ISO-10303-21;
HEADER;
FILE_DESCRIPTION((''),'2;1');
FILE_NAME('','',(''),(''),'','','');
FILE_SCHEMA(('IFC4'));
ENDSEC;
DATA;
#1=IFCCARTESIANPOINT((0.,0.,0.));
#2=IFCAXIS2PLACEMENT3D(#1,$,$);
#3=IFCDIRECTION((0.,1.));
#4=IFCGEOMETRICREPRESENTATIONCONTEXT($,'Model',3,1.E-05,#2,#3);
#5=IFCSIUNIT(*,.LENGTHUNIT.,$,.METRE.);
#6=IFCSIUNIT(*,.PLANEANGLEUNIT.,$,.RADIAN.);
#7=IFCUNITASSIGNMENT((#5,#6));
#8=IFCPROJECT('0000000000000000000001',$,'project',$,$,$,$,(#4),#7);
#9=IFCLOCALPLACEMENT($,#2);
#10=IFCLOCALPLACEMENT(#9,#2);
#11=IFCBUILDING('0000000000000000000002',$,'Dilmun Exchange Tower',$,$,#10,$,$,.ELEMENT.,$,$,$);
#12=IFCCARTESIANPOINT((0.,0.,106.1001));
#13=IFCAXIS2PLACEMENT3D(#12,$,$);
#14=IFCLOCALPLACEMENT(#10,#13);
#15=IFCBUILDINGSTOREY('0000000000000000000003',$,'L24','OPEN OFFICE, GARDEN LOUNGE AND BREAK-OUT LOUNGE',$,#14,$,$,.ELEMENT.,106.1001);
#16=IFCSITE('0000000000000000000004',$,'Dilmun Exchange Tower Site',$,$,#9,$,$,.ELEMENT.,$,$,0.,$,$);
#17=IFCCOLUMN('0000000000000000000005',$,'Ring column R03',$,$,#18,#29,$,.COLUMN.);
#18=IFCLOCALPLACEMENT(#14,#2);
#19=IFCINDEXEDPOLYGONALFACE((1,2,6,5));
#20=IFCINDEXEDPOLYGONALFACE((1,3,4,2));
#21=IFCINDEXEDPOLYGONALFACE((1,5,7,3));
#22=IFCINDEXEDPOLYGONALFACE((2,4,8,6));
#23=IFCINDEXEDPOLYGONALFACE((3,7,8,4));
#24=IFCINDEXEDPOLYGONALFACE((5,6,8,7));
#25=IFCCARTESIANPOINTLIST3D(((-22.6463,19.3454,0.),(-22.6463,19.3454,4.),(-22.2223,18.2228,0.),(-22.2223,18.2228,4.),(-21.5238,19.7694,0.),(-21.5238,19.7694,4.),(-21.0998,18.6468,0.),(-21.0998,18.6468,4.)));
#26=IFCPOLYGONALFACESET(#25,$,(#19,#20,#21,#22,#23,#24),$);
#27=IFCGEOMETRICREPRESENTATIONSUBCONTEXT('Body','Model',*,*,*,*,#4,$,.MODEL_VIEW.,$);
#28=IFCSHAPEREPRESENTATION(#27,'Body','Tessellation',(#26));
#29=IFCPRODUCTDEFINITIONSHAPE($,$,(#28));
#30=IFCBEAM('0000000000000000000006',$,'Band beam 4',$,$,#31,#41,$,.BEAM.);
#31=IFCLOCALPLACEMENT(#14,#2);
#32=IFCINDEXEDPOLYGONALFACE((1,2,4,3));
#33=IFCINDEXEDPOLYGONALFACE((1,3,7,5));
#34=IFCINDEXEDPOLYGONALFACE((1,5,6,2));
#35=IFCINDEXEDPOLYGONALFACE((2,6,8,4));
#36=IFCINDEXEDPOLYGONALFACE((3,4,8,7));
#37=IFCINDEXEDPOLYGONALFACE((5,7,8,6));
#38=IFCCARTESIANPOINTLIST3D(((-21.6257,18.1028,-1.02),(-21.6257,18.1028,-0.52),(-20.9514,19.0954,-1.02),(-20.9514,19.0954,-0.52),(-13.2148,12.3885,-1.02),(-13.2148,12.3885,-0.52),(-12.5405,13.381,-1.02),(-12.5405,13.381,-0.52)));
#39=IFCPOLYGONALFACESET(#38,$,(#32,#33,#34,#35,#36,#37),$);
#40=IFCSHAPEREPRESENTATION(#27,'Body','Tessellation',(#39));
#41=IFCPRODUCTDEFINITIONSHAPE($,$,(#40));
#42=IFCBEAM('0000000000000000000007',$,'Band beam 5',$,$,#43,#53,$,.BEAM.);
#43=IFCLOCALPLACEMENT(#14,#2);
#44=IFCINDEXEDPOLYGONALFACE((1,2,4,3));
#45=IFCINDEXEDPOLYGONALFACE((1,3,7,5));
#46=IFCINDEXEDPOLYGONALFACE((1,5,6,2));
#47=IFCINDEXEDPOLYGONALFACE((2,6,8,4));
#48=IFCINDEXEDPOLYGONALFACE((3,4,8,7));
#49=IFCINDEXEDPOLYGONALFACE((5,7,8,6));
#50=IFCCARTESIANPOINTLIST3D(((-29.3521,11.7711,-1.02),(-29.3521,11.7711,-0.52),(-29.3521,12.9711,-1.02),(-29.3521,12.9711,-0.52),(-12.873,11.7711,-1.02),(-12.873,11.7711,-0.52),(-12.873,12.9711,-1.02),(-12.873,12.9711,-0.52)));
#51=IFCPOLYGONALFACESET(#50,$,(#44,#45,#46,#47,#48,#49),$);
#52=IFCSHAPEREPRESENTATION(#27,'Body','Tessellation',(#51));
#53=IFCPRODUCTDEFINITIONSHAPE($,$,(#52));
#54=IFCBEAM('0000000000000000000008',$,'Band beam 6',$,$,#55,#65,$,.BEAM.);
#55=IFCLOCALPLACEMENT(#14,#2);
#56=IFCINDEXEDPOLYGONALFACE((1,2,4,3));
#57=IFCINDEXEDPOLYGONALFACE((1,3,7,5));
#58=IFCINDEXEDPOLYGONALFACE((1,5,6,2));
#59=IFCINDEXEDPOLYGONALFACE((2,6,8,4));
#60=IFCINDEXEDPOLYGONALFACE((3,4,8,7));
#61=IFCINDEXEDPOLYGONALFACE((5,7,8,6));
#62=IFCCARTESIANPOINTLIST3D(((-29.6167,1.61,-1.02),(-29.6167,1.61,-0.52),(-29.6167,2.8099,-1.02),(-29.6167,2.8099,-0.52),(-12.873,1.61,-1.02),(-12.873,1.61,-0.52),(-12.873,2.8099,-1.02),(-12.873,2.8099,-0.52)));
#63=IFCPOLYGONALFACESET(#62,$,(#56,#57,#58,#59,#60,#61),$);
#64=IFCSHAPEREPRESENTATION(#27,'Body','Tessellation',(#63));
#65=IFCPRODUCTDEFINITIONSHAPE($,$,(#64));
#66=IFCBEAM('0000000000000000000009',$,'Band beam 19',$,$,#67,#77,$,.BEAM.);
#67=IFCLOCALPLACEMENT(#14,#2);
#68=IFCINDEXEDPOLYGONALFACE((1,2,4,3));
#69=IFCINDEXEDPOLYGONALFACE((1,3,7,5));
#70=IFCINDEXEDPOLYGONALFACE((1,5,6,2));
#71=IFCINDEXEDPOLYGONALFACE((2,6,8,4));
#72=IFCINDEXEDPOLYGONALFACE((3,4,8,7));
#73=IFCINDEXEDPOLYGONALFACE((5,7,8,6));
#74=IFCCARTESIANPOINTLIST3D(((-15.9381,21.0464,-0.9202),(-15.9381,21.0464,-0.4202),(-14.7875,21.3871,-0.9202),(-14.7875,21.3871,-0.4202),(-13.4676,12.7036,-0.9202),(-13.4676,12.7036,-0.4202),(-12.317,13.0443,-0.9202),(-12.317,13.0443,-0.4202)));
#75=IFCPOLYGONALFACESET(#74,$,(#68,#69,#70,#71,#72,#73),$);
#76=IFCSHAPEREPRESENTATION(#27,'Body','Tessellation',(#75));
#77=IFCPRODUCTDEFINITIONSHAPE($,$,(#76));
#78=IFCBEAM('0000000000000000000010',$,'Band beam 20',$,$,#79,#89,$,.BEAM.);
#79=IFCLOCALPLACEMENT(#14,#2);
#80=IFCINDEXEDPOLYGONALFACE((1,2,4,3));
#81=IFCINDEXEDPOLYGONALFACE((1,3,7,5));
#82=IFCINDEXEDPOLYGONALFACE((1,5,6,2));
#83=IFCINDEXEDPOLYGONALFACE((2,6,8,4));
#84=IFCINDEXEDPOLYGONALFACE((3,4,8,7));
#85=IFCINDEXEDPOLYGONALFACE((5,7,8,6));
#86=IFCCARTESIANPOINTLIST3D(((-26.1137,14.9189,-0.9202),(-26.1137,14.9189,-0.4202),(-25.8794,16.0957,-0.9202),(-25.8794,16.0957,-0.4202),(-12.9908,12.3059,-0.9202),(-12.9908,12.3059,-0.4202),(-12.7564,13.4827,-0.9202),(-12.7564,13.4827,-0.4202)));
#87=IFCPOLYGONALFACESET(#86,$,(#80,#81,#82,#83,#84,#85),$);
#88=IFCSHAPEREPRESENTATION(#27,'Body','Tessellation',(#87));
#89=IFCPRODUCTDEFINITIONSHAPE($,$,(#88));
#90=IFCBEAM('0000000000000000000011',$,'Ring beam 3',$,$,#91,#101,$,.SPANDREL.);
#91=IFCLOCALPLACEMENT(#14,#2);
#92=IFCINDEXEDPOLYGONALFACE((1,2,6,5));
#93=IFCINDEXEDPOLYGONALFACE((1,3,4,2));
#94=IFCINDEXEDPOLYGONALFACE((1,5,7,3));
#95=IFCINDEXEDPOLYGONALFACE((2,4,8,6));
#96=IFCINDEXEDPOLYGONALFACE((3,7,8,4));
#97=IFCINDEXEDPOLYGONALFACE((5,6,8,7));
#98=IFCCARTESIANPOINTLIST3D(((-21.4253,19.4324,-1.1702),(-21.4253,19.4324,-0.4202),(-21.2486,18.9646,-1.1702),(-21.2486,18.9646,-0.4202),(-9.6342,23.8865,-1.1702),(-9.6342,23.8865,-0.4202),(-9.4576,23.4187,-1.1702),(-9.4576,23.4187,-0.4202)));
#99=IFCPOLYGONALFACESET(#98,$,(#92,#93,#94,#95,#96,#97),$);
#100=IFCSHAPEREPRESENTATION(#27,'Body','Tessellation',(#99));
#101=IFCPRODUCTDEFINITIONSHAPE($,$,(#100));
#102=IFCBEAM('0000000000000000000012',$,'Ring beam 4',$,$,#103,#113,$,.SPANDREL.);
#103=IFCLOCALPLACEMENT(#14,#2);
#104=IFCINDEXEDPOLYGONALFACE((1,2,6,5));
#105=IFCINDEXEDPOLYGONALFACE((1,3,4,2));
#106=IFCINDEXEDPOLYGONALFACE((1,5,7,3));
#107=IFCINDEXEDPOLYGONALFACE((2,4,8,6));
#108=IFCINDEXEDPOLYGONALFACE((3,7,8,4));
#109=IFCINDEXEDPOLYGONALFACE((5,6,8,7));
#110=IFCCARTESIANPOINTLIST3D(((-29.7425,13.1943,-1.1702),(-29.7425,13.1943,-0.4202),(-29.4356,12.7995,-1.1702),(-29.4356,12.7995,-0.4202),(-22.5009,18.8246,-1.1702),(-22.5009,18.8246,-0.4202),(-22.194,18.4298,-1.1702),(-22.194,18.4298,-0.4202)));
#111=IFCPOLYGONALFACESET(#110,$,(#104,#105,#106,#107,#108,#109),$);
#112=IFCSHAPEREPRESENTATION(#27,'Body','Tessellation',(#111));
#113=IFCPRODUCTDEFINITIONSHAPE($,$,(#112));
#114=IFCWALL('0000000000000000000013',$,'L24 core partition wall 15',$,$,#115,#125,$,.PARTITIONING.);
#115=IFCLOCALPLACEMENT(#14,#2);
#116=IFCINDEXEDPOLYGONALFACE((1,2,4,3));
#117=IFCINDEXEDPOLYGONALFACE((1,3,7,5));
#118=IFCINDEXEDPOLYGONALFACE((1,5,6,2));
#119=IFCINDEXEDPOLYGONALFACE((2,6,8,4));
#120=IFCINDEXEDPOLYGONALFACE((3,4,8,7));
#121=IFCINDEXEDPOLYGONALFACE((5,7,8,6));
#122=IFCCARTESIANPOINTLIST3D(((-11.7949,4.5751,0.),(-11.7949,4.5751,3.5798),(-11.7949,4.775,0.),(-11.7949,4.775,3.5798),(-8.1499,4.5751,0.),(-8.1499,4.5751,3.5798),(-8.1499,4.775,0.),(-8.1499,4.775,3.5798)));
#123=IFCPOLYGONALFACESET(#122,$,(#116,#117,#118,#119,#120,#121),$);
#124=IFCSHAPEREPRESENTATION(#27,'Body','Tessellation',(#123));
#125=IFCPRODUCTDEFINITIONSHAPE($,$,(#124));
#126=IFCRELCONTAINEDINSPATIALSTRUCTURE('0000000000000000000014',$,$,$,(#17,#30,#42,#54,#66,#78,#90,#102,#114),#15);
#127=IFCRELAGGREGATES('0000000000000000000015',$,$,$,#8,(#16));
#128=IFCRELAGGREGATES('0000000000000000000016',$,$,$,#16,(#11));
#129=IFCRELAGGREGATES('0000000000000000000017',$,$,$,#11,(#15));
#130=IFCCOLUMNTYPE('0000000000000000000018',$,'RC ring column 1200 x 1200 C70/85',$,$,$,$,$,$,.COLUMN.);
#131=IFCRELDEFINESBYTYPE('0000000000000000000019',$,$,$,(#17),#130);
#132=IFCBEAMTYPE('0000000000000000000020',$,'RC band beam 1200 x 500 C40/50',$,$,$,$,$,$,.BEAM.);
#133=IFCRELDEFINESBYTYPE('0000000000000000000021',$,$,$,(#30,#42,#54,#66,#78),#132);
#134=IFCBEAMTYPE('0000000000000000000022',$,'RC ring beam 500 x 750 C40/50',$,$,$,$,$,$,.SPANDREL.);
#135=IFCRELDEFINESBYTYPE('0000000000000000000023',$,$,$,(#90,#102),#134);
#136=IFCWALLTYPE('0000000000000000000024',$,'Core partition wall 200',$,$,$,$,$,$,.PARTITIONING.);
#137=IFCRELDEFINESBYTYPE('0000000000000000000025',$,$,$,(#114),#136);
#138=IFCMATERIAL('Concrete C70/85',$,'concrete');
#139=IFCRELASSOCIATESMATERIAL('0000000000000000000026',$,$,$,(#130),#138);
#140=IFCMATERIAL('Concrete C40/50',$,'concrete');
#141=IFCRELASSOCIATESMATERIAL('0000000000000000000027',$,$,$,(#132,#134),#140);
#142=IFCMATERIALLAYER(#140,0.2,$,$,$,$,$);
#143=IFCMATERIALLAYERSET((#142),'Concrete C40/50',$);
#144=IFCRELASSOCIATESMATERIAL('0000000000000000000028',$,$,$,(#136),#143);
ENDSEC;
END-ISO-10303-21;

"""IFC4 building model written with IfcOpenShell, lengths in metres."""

from ifc_helpers import new_model, si_unit, direction, frame, frame_2d, origin, origin_2d, place, context, subcontext, project, spatial, rectangle, extrude, material, layer, layer_set, material_profile, profile_set, type_object, element, save


model = new_model("IFC4")

# Units and contexts
model_context = context("Model", 3, precision=1e-05, world=origin(), true_north=direction((0.0, 1.0)))
body_context = subcontext(model_context, "Body", "Model", "MODEL_VIEW")
ifc_project = project(units=[si_unit("LENGTHUNIT", "METRE"), si_unit("PLANEANGLEUNIT", "RADIAN")], contexts=[model_context])

# Site, building, storey
site_placement = place(None, origin())
site = spatial("IfcSite", under=ifc_project, at=site_placement, Name="Dilmun Exchange Tower Site", CompositionType="ELEMENT", RefElevation=0.0)
building_placement = place(site_placement, origin())
building = spatial("IfcBuilding", under=site, at=building_placement, Name="Dilmun Exchange Tower", CompositionType="ELEMENT")
storey_placement = place(building_placement, frame((0.0, 0.0, 106.1001)))
storey = spatial("IfcBuildingStorey", under=building, at=storey_placement, Name="L24", Description="OPEN OFFICE, GARDEN LOUNGE AND BREAK-OUT LOUNGE", CompositionType="ELEMENT", Elevation=106.1001)

# Column
ifc_material_1 = material(Name="Concrete C70/85", Category="concrete")
ifc_material_profile_1 = material_profile(ifc_material_1, rectangle(XDim=1.2, YDim=1.2, at=origin_2d()), Name="1200 x 1200")
ifc_profile_set_1 = profile_set([ifc_material_profile_1], Name="Concrete C70/85")
column_type = type_object("IfcColumnType", Name="RC ring column 1200 x 1200 C70/85", PredefinedType="COLUMN", material=ifc_profile_set_1)
column_placement = place(storey_placement, frame((-21.873, 18.9961, 0.0), z_axis=(0.0, 0.0, 1.0), x_axis=(0.935492, 0.353349, 0.0)))
element("IfcColumn", 1, at=column_placement, inside=storey, type_object=column_type, Name="Ring column R03", PredefinedType="COLUMN", context=body_context, shape_type="SweptSolid", body=[
    extrude(rectangle(XDim=1.2, YDim=1.2, at=origin_2d()), origin(), (0.0, 0.0, 1.0), 4.0),
])

# Beams
ifc_material_2 = material(Name="Concrete C40/50", Category="concrete")
ifc_material_profile_2 = material_profile(ifc_material_2, rectangle(XDim=1.2, YDim=0.5, at=origin_2d()), Name="1200 x 500")
ifc_profile_set_2 = profile_set([ifc_material_profile_2], Name="Concrete C40/50")
beam_type_1 = type_object("IfcBeamType", Name="RC band beam 1200 x 500 C40/50", PredefinedType="BEAM", material=ifc_profile_set_2)
beam_1_placement = place(storey_placement, frame((-21.2886, 18.5991, -0.77), z_axis=(0.827157, -0.56197, 0.0), x_axis=(0.56197, 0.827157, 0.0)))
element("IfcBeam", 2, at=beam_1_placement, inside=storey, type_object=beam_type_1, Name="Band beam 4", PredefinedType="BEAM", context=body_context, shape_type="SweptSolid", body=[
    extrude(rectangle(XDim=1.2, YDim=0.5, at=origin_2d()), origin(), (0.0, 0.0, 1.0), 10.1685),
])
beam_2_placement = place(storey_placement, frame((-29.3521, 12.3711, -0.77), z_axis=(1.0, 0.0, 0.0), x_axis=(0.0, 1.0, 0.0)))
element("IfcBeam", 3, at=beam_2_placement, inside=storey, type_object=beam_type_1, Name="Band beam 5", PredefinedType="BEAM", context=body_context, shape_type="SweptSolid", body=[
    extrude(rectangle(XDim=1.2, YDim=0.5, at=origin_2d()), origin(), (0.0, 0.0, 1.0), 16.479),
])
beam_3_placement = place(storey_placement, frame((-29.6167, 2.21, -0.77), z_axis=(1.0, 0.0, 0.0), x_axis=(0.0, 1.0, 0.0)))
element("IfcBeam", 4, at=beam_3_placement, inside=storey, type_object=beam_type_1, Name="Band beam 6", PredefinedType="BEAM", context=body_context, shape_type="SweptSolid", body=[
    extrude(rectangle(XDim=1.2, YDim=0.5, at=origin_2d()), origin(), (0.0, 0.0, 1.0), 16.7437),
])
beam_4_placement = place(storey_placement, frame((-15.3628, 21.2168, -0.6702), z_axis=(0.283933, -0.958844, 0.0), x_axis=(0.958844, 0.283933, 0.0)))
element("IfcBeam", 5, at=beam_4_placement, inside=storey, type_object=beam_type_1, Name="Band beam 19", PredefinedType="BEAM", context=body_context, shape_type="SweptSolid", body=[
    extrude(rectangle(XDim=1.2, YDim=0.5, at=origin_2d()), origin(), (0.0, 0.0, 1.0), 8.7009),
])
beam_5_placement = place(storey_placement, frame((-25.9966, 15.5073, -0.6702), z_axis=(0.980747, -0.195284, 0.0), x_axis=(0.195284, 0.980747, 0.0)))
element("IfcBeam", 6, at=beam_5_placement, inside=storey, type_object=beam_type_1, Name="Band beam 20", PredefinedType="BEAM", context=body_context, shape_type="SweptSolid", body=[
    extrude(rectangle(XDim=1.2, YDim=0.5, at=origin_2d()), origin(), (0.0, 0.0, 1.0), 13.3806),
])
ifc_material_profile_3 = material_profile(ifc_material_2, rectangle(XDim=0.5, YDim=0.75, at=origin_2d()), Name="500 x 750")
ifc_profile_set_3 = profile_set([ifc_material_profile_3], Name="Concrete C40/50")
beam_type_2 = type_object("IfcBeamType", Name="RC ring beam 500 x 750 C40/50", PredefinedType="SPANDREL", material=ifc_profile_set_3)
beam_6_placement = place(storey_placement, frame((-9.5459, 23.6526, -0.7952), z_axis=(-0.935479, -0.353381, 0.0), x_axis=(0.353381, -0.935479, 0.0)))
element("IfcBeam", 7, at=beam_6_placement, inside=storey, type_object=beam_type_2, Name="Ring beam 3", PredefinedType="SPANDREL", context=body_context, shape_type="SweptSolid", body=[
    extrude(rectangle(XDim=0.5, YDim=0.75, at=origin_2d()), origin(), (0.0, 0.0, 1.0), 12.6042),
])
beam_7_placement = place(storey_placement, frame((-22.3474, 18.6272, -0.7952), z_axis=(-0.789461, -0.613801, 0.0), x_axis=(0.613801, -0.789461, 0.0)))
element("IfcBeam", 8, at=beam_7_placement, inside=storey, type_object=beam_type_2, Name="Ring beam 4", PredefinedType="SPANDREL", context=body_context, shape_type="SweptSolid", body=[
    extrude(rectangle(XDim=0.5, YDim=0.75, at=origin_2d()), origin(), (0.0, 0.0, 1.0), 9.1729),
])

# Wall
ifc_layer_1 = layer(ifc_material_2, 0.2)
ifc_layer_set_1 = layer_set([ifc_layer_1], Name="Concrete C40/50")
wall_type_1 = type_object("IfcWallType", Name="Core partition wall 200", PredefinedType="PARTITIONING", material=ifc_layer_set_1)
wall_1_placement = place(storey_placement, frame((-11.7949, 4.675, 0.0), z_axis=(0.0, 0.0, 1.0), x_axis=(1.0, 0.0, 0.0)))
element("IfcWall", 9, at=wall_1_placement, inside=storey, type_object=wall_type_1, Name="L24 core partition wall 15", PredefinedType="PARTITIONING", context=body_context, shape_type="SweptSolid", body=[
    extrude(rectangle(XDim=3.645, YDim=0.2, at=frame_2d((1.8225, 0.0))), origin(), (0.0, 0.0, 1.0), 3.5798),
])

save(model, "model.ifc")
